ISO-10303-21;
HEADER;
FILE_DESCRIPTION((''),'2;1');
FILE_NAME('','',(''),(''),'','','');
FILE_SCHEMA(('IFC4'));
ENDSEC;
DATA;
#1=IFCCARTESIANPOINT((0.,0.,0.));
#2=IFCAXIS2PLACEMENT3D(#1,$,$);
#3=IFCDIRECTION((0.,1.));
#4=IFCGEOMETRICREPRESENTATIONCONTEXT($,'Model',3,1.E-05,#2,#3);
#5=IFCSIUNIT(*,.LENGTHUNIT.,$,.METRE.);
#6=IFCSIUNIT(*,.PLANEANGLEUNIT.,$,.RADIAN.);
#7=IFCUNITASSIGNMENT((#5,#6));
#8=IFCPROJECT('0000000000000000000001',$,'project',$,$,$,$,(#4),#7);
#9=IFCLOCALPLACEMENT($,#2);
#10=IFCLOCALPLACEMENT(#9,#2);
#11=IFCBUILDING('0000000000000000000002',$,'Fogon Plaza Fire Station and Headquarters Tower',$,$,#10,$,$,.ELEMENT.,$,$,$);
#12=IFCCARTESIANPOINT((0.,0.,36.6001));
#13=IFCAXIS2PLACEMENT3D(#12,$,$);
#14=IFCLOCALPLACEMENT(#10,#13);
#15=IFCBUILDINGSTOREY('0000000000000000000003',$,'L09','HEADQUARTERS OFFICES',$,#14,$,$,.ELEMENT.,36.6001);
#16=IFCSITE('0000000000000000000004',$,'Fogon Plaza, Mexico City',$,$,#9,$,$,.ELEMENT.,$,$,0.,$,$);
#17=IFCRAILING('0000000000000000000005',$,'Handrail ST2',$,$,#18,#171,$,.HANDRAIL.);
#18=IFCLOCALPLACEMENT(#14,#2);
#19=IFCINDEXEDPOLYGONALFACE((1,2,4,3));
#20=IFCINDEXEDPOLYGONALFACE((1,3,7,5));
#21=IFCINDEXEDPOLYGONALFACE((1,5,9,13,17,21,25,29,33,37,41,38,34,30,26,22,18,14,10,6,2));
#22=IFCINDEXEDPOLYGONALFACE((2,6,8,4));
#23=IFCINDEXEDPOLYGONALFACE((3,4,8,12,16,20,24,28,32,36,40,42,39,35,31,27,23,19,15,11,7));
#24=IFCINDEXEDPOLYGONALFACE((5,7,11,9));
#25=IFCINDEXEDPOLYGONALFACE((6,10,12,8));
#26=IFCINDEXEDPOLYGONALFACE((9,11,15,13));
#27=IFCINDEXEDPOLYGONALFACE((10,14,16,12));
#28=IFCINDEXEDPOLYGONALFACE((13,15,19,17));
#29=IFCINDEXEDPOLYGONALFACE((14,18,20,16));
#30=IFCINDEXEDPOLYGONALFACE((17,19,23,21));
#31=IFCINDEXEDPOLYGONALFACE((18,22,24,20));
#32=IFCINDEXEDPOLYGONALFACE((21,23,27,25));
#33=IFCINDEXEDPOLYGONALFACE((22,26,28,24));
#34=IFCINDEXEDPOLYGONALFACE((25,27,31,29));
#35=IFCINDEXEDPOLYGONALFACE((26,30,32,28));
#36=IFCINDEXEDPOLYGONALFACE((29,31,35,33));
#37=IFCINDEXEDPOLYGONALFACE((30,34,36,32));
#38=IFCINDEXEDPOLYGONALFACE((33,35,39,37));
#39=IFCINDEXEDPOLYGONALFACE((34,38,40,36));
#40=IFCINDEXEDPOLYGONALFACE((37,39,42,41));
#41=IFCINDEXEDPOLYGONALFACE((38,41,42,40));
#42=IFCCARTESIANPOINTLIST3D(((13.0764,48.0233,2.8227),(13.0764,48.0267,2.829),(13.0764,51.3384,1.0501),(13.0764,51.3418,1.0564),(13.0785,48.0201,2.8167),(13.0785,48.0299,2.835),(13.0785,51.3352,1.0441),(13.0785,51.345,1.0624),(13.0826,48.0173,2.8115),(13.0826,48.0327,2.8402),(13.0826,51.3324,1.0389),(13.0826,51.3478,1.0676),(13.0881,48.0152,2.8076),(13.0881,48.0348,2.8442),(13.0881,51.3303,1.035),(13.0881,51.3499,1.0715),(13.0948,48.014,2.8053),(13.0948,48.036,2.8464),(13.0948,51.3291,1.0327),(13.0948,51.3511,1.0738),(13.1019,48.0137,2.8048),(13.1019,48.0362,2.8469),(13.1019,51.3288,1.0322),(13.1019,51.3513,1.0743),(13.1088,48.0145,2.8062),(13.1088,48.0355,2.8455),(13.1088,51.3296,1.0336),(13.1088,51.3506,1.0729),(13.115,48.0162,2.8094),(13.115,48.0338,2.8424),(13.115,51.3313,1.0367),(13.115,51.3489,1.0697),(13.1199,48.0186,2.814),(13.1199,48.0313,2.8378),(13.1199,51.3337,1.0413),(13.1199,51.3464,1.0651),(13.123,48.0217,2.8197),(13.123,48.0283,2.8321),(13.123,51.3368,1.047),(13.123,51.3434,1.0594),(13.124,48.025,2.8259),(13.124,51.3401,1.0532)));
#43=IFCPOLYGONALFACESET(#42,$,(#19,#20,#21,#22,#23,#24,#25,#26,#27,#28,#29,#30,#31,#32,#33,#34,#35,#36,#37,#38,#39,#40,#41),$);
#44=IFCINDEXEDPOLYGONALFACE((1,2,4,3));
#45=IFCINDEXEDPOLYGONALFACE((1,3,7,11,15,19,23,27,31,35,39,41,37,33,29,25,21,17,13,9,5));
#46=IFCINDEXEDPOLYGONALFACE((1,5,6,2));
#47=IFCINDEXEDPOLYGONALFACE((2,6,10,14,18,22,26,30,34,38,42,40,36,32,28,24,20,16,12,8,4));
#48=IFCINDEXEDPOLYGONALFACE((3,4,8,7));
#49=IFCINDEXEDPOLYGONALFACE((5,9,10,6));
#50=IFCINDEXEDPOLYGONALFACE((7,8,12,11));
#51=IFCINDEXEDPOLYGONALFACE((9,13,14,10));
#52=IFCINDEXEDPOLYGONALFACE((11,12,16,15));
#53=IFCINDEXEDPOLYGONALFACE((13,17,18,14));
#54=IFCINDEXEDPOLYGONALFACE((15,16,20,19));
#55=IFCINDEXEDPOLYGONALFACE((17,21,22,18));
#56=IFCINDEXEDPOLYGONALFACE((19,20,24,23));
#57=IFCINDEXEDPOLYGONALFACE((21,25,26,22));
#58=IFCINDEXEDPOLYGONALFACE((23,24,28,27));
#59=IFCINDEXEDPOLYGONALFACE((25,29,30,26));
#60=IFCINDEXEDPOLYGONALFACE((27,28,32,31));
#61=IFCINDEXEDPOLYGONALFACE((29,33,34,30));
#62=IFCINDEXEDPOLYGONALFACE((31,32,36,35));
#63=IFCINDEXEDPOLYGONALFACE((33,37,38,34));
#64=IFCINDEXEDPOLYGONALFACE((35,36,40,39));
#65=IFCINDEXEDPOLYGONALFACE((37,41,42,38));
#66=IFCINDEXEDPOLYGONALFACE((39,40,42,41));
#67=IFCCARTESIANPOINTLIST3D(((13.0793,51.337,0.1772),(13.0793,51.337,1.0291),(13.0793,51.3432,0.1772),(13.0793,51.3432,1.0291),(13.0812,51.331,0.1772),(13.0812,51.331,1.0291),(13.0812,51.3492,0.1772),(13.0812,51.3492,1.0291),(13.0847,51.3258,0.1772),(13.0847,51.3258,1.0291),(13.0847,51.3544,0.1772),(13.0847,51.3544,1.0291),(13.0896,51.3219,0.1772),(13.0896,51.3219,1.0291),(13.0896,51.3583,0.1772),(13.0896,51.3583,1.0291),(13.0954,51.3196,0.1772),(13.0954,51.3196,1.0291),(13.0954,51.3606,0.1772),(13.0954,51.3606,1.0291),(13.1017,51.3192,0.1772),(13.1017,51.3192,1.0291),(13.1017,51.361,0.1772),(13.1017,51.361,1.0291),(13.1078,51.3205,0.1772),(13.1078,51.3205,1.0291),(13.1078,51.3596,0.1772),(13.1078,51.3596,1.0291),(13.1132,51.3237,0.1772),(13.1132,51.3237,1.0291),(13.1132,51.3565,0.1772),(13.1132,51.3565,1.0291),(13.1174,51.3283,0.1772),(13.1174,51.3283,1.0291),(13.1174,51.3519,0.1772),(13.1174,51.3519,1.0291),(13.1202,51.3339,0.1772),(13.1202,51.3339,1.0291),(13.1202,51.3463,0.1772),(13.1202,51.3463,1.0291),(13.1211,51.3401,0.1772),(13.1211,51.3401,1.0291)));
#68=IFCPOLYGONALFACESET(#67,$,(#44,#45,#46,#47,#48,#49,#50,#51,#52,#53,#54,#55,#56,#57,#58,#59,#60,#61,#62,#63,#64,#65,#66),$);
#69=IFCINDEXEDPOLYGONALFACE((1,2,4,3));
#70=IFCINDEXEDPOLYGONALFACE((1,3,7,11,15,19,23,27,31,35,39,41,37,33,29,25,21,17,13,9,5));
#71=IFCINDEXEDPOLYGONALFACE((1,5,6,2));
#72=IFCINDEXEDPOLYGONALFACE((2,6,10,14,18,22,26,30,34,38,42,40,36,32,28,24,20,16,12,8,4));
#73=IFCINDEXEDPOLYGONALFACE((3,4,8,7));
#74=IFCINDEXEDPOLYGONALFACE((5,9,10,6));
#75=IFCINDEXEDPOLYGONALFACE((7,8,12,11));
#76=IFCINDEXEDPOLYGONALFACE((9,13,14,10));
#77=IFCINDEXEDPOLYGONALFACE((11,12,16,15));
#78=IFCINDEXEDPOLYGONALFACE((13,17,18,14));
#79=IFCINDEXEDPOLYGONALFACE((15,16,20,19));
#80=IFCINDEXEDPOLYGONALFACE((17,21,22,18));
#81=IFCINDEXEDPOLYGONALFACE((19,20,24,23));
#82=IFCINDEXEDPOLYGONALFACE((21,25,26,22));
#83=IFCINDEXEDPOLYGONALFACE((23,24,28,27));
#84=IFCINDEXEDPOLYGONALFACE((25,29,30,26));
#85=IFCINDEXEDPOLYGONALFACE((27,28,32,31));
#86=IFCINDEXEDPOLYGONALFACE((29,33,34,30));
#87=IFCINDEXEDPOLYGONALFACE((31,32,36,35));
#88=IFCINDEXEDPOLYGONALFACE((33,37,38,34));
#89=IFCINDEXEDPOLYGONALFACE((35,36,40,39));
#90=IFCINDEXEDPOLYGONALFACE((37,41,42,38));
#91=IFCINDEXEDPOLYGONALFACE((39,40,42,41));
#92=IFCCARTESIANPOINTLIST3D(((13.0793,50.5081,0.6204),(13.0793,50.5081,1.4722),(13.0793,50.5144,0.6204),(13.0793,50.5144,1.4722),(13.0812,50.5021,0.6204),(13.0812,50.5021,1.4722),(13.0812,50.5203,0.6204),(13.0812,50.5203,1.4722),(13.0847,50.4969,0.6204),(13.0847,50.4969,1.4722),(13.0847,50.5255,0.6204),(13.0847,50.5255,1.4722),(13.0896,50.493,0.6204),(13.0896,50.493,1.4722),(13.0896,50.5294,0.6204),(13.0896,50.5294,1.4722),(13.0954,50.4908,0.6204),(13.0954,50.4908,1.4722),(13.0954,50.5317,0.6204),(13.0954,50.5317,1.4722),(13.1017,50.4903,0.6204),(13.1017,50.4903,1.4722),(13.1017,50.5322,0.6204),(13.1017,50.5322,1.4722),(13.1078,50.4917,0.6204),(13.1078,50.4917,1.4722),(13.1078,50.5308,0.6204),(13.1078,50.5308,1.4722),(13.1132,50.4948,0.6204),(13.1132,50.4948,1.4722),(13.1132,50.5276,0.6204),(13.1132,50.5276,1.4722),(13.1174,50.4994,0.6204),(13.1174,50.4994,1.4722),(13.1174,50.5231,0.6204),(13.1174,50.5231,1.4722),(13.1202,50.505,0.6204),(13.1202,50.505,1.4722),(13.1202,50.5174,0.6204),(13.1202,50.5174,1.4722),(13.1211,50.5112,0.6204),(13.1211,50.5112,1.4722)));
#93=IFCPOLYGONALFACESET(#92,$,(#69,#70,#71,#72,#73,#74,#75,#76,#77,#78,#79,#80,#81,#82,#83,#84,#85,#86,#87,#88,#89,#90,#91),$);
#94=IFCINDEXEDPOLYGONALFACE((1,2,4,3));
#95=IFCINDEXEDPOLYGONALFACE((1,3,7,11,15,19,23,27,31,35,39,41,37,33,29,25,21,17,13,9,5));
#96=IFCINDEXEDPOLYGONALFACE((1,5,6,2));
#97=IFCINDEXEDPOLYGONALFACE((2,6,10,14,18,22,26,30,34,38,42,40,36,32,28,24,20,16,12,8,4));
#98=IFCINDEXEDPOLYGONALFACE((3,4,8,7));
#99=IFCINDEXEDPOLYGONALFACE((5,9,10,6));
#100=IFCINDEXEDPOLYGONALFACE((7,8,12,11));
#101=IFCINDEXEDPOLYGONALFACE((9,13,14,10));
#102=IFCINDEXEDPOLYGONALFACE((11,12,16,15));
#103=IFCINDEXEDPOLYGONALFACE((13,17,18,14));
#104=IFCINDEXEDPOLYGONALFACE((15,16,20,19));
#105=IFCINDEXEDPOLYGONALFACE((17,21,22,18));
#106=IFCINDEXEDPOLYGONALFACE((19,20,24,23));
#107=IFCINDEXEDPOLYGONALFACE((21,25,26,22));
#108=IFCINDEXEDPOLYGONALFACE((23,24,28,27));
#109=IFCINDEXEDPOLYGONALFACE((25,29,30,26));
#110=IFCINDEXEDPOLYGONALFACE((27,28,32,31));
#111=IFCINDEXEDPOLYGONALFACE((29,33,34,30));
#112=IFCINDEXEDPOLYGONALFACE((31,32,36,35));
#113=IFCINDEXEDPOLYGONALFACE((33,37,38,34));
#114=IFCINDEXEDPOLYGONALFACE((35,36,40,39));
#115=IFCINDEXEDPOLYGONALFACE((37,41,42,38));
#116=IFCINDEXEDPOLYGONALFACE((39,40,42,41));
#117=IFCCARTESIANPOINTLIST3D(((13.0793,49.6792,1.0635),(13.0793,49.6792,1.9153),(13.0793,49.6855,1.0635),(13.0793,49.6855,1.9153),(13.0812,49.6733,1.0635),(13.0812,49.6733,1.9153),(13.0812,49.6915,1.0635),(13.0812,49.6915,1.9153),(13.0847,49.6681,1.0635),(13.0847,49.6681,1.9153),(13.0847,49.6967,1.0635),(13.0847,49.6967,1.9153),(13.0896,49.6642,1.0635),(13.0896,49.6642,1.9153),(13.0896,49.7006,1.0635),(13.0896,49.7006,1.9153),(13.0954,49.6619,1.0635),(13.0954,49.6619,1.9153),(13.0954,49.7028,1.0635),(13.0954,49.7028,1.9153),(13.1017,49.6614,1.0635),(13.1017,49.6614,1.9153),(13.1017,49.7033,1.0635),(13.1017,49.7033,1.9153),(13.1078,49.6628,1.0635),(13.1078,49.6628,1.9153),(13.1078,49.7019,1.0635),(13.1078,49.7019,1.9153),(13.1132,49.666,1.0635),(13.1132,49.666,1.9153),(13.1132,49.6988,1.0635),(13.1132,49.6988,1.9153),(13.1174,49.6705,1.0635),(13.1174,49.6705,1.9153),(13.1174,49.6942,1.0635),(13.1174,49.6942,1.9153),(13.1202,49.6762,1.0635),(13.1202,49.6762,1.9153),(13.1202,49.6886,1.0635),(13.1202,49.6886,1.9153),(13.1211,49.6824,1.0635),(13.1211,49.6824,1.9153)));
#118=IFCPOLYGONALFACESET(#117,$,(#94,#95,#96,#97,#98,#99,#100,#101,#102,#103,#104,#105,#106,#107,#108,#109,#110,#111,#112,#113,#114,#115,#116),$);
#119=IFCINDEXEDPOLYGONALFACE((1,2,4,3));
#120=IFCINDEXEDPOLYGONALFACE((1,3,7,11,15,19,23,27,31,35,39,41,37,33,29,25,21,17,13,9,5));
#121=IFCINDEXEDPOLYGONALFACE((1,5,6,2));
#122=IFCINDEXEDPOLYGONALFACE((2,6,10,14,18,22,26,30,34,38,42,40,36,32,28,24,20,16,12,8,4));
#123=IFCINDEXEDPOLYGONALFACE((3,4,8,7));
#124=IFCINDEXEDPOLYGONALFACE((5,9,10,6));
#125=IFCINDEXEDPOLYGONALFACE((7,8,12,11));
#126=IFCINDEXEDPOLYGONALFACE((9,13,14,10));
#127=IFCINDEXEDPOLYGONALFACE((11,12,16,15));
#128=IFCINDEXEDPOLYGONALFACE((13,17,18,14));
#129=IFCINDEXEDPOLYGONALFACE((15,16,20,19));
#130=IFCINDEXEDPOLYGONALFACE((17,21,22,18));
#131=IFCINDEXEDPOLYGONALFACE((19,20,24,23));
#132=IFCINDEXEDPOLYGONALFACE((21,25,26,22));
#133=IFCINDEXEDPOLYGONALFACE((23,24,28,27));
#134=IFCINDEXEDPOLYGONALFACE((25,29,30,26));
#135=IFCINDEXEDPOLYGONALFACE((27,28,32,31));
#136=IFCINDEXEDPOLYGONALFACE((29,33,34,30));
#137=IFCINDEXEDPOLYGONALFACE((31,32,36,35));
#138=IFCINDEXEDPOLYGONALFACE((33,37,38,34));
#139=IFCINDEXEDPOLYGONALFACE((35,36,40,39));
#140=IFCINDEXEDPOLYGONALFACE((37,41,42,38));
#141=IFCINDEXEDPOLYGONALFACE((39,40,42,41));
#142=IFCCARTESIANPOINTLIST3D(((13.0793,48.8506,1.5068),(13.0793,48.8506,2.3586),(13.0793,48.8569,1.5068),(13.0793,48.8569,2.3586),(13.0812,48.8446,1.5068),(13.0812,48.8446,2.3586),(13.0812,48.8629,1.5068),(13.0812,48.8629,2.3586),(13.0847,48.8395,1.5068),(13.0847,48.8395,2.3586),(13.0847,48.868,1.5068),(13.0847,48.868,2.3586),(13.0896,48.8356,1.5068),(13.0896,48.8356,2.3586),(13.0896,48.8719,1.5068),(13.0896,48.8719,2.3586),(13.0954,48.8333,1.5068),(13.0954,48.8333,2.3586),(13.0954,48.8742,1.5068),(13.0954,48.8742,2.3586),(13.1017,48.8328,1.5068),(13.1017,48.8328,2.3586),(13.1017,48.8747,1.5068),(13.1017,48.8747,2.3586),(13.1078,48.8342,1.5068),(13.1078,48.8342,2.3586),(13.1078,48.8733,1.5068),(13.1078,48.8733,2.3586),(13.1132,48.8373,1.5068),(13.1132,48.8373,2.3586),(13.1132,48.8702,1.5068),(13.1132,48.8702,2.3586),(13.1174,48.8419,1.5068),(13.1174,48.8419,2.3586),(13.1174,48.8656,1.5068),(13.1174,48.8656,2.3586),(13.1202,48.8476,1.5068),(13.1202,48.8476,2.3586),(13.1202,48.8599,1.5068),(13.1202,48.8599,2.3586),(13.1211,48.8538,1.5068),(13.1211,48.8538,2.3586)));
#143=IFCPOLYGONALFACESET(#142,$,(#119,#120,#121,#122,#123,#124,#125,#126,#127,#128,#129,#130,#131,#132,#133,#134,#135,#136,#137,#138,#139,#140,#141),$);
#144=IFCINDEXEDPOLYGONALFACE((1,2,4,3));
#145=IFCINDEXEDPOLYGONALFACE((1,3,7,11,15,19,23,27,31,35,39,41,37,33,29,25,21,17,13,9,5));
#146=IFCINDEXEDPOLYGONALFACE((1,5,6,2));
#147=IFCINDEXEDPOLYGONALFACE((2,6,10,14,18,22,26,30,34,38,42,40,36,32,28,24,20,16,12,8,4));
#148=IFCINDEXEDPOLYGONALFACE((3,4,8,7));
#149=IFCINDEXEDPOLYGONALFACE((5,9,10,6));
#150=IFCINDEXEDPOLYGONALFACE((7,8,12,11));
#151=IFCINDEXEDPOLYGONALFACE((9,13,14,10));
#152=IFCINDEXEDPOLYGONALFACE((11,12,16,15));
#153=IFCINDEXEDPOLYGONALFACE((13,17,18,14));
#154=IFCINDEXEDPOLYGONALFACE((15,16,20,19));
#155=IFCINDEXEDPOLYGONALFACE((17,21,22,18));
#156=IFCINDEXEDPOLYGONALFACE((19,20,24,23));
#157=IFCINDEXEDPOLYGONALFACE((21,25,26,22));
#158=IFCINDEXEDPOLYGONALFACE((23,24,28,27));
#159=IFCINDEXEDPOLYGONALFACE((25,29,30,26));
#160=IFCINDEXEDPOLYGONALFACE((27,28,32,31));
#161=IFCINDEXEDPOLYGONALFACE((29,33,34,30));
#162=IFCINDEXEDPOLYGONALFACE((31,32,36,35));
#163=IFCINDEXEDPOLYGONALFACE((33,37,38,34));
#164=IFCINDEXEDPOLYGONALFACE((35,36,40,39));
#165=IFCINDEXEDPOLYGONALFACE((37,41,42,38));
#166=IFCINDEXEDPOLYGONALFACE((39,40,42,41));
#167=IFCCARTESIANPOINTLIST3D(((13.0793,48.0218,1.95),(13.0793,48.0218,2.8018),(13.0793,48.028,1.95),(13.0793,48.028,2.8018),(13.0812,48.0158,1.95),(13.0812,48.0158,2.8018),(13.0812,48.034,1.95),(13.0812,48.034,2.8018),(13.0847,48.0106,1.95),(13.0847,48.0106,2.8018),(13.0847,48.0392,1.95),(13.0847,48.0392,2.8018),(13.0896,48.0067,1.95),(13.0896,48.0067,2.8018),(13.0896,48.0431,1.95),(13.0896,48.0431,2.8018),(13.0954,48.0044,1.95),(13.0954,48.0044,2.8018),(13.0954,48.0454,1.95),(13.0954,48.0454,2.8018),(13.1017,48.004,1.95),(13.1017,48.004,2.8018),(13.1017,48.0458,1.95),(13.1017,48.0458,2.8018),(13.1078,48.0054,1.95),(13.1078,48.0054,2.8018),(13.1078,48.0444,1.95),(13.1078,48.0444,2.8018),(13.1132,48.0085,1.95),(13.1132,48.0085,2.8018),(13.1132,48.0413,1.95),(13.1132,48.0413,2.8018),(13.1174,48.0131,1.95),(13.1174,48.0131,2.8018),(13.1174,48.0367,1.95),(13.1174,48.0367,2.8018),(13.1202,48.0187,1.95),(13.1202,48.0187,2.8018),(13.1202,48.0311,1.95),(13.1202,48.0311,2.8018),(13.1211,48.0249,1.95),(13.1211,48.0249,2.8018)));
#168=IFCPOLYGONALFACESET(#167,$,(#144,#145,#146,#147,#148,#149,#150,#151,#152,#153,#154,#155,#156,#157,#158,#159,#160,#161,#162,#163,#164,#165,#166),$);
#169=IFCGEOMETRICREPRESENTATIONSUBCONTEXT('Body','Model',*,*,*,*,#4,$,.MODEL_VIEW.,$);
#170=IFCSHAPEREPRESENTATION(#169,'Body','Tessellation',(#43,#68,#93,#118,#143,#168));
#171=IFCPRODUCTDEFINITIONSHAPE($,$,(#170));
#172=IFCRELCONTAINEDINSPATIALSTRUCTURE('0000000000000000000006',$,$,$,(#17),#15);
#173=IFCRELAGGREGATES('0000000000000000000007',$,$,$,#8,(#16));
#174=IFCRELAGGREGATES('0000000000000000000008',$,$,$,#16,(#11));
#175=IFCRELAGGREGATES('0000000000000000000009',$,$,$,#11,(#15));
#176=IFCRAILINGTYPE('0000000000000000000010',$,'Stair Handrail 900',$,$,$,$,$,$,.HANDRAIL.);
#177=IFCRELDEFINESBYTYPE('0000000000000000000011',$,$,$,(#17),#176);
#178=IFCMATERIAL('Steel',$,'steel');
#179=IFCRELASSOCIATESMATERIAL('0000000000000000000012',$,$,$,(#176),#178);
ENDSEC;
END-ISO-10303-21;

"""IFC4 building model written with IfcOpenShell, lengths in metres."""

from ifc_helpers import new_model, si_unit, direction, frame, origin, origin_2d, place, context, subcontext, project, spatial, circle, extrude, material, type_object, element, save


model = new_model("IFC4")

# Units and contexts
model_context = context("Model", 3, precision=1e-05, world=origin(), true_north=direction((0.0, 1.0)))
body_context = subcontext(model_context, "Body", "Model", "MODEL_VIEW")
ifc_project = project(units=[si_unit("LENGTHUNIT", "METRE"), si_unit("PLANEANGLEUNIT", "RADIAN")], contexts=[model_context])

# Site, building, storey
site_placement = place(None, origin())
site = spatial("IfcSite", under=ifc_project, at=site_placement, Name="Fogon Plaza, Mexico City", CompositionType="ELEMENT", RefElevation=0.0)
building_placement = place(site_placement, origin())
building = spatial("IfcBuilding", under=site, at=building_placement, Name="Fogon Plaza Fire Station and Headquarters Tower", CompositionType="ELEMENT")
storey_placement = place(building_placement, frame((0.0, 0.0, 36.6001)))
storey = spatial("IfcBuildingStorey", under=building, at=storey_placement, Name="L09", Description="HEADQUARTERS OFFICES", CompositionType="ELEMENT", Elevation=36.6001)

# Railing
ifc_material_1 = material(Name="Steel", Category="steel")
railing_type = type_object("IfcRailingType", Name="Stair Handrail 900", PredefinedType="HANDRAIL", material=ifc_material_1)
for number, where, name in (
    (1, (13.1001, 51.3401, 0.1772), "Handrail ST2"),
):
    element("IfcRailing", number, at=place(storey_placement, frame(where)), inside=storey, type_object=railing_type, Name=name, PredefinedType="HANDRAIL", context=body_context, shape_type="SweptSolid", body=[
        extrude(circle(Radius=0.0239, at=origin_2d()), frame((0.0, 0.0, 0.876), z_axis=(0.0, -0.881844, 0.471542), x_axis=(1.0, 0.0, 0.0)), (0.0, 0.0, 1.0), 3.7593),
        extrude(circle(Radius=0.021, at=origin_2d()), origin(), (0.0, 0.0, 1.0), 0.8518),
        extrude(circle(Radius=0.021, at=origin_2d()), frame((0.0, -0.8289, 0.4431)), (0.0, 0.0, 1.0), 0.8518),
        extrude(circle(Radius=0.021, at=origin_2d()), frame((0.0, -1.6577, 0.8862)), (0.0, 0.0, 1.0), 0.8518),
        extrude(circle(Radius=0.021, at=origin_2d()), frame((0.0, -2.4863, 1.3296)), (0.0, 0.0, 1.0), 0.8518),
        extrude(circle(Radius=0.021, at=origin_2d()), frame((0.0, -3.3152, 1.7727)), (0.0, 0.0, 1.0), 0.8518),
    ])

save(model, "model.ifc")
